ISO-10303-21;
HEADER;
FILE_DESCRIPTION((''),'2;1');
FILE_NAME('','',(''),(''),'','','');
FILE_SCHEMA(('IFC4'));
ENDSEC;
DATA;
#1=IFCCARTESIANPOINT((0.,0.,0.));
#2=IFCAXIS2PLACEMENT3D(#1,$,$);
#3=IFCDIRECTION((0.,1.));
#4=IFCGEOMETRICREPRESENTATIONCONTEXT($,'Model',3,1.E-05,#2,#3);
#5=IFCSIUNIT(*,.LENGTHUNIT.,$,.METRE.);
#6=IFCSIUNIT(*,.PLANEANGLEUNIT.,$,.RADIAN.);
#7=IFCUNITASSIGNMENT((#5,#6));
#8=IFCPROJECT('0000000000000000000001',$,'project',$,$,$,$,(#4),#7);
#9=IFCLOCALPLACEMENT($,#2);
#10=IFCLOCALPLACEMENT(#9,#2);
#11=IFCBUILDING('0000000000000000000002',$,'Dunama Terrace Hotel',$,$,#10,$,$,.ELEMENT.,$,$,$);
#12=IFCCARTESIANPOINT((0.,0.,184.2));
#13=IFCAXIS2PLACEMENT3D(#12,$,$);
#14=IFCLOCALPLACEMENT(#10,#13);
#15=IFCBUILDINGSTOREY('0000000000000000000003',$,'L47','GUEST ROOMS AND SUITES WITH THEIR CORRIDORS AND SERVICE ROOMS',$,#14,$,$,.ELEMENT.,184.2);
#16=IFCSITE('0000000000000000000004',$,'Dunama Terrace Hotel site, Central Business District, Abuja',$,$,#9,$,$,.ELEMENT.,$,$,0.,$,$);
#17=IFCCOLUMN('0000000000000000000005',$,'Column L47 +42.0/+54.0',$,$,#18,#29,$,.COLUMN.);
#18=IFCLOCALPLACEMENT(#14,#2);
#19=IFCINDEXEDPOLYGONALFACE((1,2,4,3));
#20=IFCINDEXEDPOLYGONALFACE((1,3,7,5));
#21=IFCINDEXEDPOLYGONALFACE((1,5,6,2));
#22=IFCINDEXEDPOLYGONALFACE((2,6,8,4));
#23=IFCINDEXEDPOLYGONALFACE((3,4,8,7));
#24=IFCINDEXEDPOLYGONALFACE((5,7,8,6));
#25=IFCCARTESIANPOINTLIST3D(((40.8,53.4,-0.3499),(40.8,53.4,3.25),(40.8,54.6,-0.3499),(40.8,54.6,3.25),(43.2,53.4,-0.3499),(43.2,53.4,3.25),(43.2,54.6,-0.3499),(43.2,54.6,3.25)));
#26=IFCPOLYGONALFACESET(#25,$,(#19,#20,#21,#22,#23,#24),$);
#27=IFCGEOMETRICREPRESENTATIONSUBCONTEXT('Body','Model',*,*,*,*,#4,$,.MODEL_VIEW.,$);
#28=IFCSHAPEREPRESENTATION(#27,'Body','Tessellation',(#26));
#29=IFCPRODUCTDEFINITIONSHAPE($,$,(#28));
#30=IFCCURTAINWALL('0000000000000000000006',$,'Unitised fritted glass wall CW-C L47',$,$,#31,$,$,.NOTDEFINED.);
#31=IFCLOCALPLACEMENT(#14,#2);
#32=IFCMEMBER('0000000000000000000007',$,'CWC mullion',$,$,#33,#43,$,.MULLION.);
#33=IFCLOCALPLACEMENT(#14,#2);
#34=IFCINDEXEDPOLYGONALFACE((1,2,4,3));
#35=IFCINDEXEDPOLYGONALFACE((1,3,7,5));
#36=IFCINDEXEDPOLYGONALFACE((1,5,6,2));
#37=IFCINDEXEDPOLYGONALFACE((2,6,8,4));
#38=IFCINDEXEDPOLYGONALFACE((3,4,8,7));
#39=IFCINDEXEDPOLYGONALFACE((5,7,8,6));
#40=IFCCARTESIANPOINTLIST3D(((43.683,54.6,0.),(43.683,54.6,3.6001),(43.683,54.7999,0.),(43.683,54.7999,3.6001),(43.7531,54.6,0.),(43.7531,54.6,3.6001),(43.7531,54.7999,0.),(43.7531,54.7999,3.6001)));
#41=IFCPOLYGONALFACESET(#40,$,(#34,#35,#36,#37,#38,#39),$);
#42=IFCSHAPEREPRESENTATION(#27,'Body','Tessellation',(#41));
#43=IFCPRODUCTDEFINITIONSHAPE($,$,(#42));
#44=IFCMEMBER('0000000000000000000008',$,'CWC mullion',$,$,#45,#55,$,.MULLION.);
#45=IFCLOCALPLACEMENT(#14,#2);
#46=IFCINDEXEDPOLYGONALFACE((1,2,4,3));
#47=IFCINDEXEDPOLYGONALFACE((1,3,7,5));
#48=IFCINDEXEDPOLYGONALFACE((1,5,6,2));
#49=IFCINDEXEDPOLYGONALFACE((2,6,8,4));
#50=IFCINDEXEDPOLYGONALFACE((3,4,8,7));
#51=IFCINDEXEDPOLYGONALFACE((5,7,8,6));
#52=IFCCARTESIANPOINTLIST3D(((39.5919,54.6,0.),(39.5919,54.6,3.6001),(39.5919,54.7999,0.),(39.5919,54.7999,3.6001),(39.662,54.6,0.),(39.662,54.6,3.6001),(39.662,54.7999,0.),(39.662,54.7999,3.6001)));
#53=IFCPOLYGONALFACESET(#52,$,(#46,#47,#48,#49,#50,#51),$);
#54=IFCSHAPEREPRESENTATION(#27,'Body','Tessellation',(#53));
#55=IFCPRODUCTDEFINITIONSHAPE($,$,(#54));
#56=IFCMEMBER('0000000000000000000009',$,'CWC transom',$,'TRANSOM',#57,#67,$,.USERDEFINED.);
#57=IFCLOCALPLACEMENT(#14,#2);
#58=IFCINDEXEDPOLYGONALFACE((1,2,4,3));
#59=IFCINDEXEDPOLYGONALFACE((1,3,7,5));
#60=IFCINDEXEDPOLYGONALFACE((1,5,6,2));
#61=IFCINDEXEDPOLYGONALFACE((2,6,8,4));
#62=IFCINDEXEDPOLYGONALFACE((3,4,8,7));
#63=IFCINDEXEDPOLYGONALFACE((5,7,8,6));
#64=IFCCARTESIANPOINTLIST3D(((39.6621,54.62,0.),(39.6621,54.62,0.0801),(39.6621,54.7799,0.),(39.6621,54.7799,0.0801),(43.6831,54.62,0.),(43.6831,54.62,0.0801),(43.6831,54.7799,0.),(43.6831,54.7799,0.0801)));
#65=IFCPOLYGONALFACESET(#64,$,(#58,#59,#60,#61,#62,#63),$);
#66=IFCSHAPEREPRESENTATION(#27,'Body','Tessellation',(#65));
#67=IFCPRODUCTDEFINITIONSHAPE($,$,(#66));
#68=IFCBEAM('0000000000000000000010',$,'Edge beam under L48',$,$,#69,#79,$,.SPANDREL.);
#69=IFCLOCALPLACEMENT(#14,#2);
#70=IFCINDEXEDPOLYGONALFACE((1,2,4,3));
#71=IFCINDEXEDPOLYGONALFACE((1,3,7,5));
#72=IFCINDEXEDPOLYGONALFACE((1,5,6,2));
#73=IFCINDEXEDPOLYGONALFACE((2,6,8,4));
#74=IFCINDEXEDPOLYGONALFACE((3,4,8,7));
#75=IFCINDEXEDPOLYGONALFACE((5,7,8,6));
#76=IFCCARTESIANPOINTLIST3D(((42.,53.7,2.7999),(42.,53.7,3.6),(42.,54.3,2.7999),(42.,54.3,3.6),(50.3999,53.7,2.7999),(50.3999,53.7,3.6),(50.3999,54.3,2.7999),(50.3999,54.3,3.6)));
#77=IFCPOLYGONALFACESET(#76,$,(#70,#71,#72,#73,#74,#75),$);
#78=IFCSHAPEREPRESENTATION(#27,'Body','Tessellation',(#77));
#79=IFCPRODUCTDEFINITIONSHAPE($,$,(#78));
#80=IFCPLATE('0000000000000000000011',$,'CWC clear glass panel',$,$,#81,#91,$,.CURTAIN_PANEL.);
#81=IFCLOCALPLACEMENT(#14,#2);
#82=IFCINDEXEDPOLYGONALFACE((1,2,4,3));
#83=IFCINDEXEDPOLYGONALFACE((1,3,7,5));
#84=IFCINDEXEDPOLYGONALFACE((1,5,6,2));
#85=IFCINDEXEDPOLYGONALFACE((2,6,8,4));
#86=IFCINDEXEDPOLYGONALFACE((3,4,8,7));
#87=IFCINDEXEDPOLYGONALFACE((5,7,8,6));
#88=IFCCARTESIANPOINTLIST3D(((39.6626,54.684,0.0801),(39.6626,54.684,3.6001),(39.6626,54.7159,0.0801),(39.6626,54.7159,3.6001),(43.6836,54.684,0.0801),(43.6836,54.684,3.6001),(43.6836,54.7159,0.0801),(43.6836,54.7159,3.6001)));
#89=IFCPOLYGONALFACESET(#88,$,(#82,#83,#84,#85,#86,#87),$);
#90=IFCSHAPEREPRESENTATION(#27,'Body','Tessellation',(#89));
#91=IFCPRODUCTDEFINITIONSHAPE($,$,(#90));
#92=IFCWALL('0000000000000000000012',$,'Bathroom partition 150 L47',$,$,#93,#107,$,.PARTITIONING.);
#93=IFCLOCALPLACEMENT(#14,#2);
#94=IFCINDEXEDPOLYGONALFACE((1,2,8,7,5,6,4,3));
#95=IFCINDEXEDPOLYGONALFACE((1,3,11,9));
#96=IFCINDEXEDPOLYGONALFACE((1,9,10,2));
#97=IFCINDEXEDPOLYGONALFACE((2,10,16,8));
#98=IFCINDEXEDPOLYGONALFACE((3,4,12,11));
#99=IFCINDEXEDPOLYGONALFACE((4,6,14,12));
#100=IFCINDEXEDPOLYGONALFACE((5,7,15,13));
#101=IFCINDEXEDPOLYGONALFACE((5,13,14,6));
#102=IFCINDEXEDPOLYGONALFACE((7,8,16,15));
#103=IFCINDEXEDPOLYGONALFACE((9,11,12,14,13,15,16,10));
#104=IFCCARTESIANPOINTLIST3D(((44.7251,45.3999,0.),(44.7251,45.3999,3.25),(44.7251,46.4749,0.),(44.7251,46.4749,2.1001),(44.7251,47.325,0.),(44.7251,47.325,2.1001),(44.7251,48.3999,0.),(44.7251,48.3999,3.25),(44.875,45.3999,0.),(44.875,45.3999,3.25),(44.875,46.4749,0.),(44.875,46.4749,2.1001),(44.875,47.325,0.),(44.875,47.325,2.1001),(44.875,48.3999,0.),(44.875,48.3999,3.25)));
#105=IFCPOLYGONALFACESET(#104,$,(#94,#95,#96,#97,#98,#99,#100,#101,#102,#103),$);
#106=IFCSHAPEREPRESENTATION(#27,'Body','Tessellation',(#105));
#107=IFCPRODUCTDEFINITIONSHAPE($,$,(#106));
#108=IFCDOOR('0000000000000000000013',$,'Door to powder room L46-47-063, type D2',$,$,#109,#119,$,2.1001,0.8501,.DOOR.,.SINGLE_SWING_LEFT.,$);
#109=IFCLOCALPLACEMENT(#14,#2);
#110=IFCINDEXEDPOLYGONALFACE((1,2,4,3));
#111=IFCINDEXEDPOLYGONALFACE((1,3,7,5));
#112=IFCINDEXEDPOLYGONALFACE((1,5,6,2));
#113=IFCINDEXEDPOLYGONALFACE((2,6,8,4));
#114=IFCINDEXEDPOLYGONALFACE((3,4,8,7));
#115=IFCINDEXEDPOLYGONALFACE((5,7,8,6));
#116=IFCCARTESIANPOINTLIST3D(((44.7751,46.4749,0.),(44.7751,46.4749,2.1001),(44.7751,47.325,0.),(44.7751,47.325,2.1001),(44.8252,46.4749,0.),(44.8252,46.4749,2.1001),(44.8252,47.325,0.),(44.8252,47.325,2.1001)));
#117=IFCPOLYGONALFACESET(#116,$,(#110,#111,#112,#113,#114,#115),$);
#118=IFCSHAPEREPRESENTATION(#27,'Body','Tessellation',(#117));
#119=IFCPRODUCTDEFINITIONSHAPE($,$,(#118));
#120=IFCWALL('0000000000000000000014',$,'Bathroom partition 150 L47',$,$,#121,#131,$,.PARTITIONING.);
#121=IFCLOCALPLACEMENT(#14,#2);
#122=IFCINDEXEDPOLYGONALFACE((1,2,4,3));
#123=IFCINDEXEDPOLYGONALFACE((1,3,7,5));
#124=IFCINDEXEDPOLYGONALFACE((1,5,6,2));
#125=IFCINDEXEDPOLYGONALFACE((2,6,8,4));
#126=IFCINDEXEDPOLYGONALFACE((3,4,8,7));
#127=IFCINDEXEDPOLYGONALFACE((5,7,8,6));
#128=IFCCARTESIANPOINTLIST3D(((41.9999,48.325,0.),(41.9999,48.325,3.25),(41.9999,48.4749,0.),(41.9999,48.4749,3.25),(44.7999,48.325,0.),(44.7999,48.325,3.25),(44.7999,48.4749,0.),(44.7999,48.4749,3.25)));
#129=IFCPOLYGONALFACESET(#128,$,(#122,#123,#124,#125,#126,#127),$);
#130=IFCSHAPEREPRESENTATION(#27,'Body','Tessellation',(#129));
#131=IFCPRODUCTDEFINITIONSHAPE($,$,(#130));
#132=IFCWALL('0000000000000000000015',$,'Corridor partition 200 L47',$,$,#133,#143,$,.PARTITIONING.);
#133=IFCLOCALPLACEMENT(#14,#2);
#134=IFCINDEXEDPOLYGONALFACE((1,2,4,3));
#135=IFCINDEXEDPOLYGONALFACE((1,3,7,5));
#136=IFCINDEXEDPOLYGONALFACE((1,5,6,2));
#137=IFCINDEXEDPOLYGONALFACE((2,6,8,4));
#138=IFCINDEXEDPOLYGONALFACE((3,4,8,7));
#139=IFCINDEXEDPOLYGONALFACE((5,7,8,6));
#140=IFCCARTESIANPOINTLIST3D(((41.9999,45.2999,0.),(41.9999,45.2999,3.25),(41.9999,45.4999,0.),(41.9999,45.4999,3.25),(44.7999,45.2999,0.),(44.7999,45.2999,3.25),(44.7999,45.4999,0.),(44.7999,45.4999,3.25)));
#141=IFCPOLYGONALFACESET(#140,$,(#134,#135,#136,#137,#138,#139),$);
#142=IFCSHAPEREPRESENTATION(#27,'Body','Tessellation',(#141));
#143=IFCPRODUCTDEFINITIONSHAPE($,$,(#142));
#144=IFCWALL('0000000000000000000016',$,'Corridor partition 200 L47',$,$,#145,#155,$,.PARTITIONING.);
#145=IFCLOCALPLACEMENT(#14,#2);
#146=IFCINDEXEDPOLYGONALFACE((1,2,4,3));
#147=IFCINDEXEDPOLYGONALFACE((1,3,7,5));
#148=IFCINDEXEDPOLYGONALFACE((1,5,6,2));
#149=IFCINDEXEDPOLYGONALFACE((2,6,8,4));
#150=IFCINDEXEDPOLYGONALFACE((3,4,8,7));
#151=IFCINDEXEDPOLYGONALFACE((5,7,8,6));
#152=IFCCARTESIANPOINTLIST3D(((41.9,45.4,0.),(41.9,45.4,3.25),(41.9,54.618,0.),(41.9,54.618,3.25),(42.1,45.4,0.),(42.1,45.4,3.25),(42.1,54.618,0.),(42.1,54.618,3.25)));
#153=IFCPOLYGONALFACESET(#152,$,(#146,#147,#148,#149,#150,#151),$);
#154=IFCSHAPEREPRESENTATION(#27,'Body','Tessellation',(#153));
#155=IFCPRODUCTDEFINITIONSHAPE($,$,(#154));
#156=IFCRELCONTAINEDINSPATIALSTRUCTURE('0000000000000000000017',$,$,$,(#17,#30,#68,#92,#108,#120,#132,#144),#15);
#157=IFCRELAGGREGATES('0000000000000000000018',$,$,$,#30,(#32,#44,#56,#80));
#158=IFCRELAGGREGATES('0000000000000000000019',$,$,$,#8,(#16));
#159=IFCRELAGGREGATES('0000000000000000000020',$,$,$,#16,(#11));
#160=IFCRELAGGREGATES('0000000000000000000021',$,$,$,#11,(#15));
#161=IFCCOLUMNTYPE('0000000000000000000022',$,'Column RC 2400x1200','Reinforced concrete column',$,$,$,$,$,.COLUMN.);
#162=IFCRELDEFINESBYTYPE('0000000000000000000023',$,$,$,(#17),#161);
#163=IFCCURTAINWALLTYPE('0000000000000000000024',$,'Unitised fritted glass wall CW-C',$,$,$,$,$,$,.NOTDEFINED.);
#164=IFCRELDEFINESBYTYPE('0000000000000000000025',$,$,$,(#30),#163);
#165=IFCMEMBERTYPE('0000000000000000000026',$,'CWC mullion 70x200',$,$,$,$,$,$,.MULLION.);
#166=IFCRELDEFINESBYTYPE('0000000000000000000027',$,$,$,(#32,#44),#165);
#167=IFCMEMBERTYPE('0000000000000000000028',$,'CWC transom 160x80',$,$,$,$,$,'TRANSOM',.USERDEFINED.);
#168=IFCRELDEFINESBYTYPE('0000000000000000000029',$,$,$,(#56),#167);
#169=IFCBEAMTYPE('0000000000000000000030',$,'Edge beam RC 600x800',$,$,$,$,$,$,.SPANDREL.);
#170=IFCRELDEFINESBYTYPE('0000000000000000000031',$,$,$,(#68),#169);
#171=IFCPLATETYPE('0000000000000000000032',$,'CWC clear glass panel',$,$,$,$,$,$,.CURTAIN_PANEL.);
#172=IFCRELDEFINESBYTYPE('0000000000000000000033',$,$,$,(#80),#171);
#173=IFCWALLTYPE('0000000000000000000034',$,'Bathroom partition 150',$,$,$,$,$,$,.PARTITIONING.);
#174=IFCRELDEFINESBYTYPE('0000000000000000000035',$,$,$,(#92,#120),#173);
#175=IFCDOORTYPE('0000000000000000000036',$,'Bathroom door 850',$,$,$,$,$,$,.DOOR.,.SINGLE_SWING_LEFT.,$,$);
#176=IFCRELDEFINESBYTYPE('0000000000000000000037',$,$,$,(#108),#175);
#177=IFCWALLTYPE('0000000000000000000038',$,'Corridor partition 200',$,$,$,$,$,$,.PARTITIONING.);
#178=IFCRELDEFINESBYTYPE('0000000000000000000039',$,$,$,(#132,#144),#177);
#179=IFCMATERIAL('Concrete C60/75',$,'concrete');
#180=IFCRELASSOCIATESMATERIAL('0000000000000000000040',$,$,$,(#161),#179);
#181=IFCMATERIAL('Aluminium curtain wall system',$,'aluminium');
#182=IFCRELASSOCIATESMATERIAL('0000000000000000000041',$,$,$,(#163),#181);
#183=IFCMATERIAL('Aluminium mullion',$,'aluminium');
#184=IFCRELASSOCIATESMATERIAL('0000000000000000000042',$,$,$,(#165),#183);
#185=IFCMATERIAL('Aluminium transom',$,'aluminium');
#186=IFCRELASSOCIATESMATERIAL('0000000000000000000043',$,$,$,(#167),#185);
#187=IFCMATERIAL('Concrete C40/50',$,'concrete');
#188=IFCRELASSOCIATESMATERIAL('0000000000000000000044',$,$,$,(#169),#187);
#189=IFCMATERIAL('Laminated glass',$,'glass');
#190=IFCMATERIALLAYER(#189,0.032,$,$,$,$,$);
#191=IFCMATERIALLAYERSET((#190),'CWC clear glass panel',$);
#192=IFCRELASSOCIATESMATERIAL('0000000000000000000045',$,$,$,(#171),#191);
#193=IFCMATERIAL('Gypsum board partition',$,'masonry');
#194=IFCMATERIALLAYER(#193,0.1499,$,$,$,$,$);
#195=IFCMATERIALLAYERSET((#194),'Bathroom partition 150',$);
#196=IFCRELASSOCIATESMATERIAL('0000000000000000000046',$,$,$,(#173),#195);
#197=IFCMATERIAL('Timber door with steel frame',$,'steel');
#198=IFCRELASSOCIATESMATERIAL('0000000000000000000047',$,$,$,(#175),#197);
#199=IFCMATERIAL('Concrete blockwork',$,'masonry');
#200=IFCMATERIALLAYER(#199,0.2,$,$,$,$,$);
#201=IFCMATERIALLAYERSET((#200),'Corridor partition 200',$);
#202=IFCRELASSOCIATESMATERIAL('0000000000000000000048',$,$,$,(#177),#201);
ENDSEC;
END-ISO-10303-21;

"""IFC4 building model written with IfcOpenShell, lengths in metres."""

from ifc_helpers import new_model, si_unit, direction, frame, frame_2d, origin, origin_2d, place, context, subcontext, project, spatial, rectangle, extrude, material, layer, layer_set, material_profile, profile_set, type_object, element, fill, aggregate, save


model = new_model("IFC4")

# Units and contexts
model_context = context("Model", 3, precision=1e-05, world=origin(), true_north=direction((0.0, 1.0)))
body_context = subcontext(model_context, "Body", "Model", "MODEL_VIEW")
ifc_project = project(units=[si_unit("LENGTHUNIT", "METRE"), si_unit("PLANEANGLEUNIT", "RADIAN")], contexts=[model_context])

# Site, building, storey
site_placement = place(None, origin())
site = spatial("IfcSite", under=ifc_project, at=site_placement, Name="Dunama Terrace Hotel site, Central Business District, Abuja", CompositionType="ELEMENT", RefElevation=0.0)
building_placement = place(site_placement, origin())
building = spatial("IfcBuilding", under=site, at=building_placement, Name="Dunama Terrace Hotel", CompositionType="ELEMENT")
storey_placement = place(building_placement, frame((0.0, 0.0, 184.2)))
storey = spatial("IfcBuildingStorey", under=building, at=storey_placement, Name="L47", Description="GUEST ROOMS AND SUITES WITH THEIR CORRIDORS AND SERVICE ROOMS", CompositionType="ELEMENT", Elevation=184.2)

# Column
ifc_material_1 = material(Name="Concrete C60/75", Category="concrete")
ifc_material_profile_1 = material_profile(ifc_material_1, rectangle(XDim=2.3999, YDim=1.2, at=origin_2d()), Name="RC 2400x1200")
ifc_profile_set_1 = profile_set([ifc_material_profile_1], Name="Concrete C60/75")
column_type = type_object("IfcColumnType", Name="Column RC 2400x1200", Description="Reinforced concrete column", PredefinedType="COLUMN", material=ifc_profile_set_1)
column_placement = place(storey_placement, frame((42.0, 54.0, -0.3499), z_axis=(0.0, 0.0, 1.0), x_axis=(1.0, 0.0, 0.0)))
element("IfcColumn", 1, at=column_placement, inside=storey, type_object=column_type, Name="Column L47 +42.0/+54.0", PredefinedType="COLUMN", context=body_context, shape_type="SweptSolid", body=[
    extrude(rectangle(XDim=2.3999, YDim=1.2, at=origin_2d()), origin(), (0.0, 0.0, 1.0), 3.5999),
])

# Curtain wall, members
ifc_material_2 = material(Name="Aluminium curtain wall system", Category="aluminium")
curtain_wall_type = type_object("IfcCurtainWallType", Name="Unitised fritted glass wall CW-C", PredefinedType="NOTDEFINED", material=ifc_material_2)
curtain_wall_placement = place(storey_placement, origin())
curtain_wall = element("IfcCurtainWall", 2, at=curtain_wall_placement, inside=storey, type_object=curtain_wall_type, Name="Unitised fritted glass wall CW-C L47", PredefinedType="NOTDEFINED")
ifc_material_3 = material(Name="Aluminium mullion", Category="aluminium")
ifc_material_profile_2 = material_profile(ifc_material_3, rectangle(XDim=0.0701, YDim=0.2, at=origin_2d()), Name="CWC MULLION 70X200")
ifc_profile_set_2 = profile_set([ifc_material_profile_2], Name="Aluminium mullion")
member_type_1 = type_object("IfcMemberType", Name="CWC mullion 70x200", PredefinedType="MULLION", material=ifc_profile_set_2)
member_1_placement = place(storey_placement, frame((43.718, 54.7, 0.0), z_axis=(0.0, 0.0, 1.0), x_axis=(-1.0, 0.0, 0.0)))
member_1 = element("IfcMember", 3, at=member_1_placement, type_object=member_type_1, Name="CWC mullion", PredefinedType="MULLION", context=body_context, shape_type="SweptSolid", body=[
    extrude(rectangle(XDim=0.0701, YDim=0.2, at=origin_2d()), origin(), (0.0, 0.0, 1.0), 3.6001),
])
member_2_placement = place(storey_placement, frame((39.627, 54.7, 0.0), z_axis=(0.0, 0.0, 1.0), x_axis=(-1.0, 0.0, 0.0)))
member_2 = element("IfcMember", 4, at=member_2_placement, type_object=member_type_1, Name="CWC mullion", PredefinedType="MULLION", context=body_context, shape_type="SweptSolid", body=[
    extrude(rectangle(XDim=0.0701, YDim=0.2, at=origin_2d()), origin(), (0.0, 0.0, 1.0), 3.6001),
])
ifc_material_4 = material(Name="Aluminium transom", Category="aluminium")
ifc_material_profile_3 = material_profile(ifc_material_4, rectangle(XDim=0.1599, YDim=0.0801, at=origin_2d()), Name="CWC TRANSOM 160X80")
ifc_profile_set_3 = profile_set([ifc_material_profile_3], Name="Aluminium transom")
member_type_2 = type_object("IfcMemberType", Name="CWC transom 160x80", ElementType="TRANSOM", PredefinedType="USERDEFINED", material=ifc_profile_set_3)
member_3_placement = place(storey_placement, frame((43.6831, 54.7, 0.04), z_axis=(-1.0, 0.0, 0.0), x_axis=(0.0, -1.0, 0.0)))
member_3 = element("IfcMember", 5, at=member_3_placement, type_object=member_type_2, Name="CWC transom", ObjectType="TRANSOM", PredefinedType="USERDEFINED", context=body_context, shape_type="SweptSolid", body=[
    extrude(rectangle(XDim=0.1599, YDim=0.0801, at=origin_2d()), origin(), (0.0, 0.0, 1.0), 4.021),
])

# Beam
ifc_material_5 = material(Name="Concrete C40/50", Category="concrete")
ifc_material_profile_4 = material_profile(ifc_material_5, rectangle(XDim=0.6001, YDim=0.8, at=origin_2d()), Name="RC 600x800")
ifc_profile_set_4 = profile_set([ifc_material_profile_4], Name="Concrete C40/50")
beam_type = type_object("IfcBeamType", Name="Edge beam RC 600x800", PredefinedType="SPANDREL", material=ifc_profile_set_4)
beam_placement = place(storey_placement, frame((42.0, 54.0, 3.2), z_axis=(1.0, 0.0, 0.0), x_axis=(0.0, 1.0, 0.0)))
element("IfcBeam", 6, at=beam_placement, inside=storey, type_object=beam_type, Name="Edge beam under L48", PredefinedType="SPANDREL", context=body_context, shape_type="SweptSolid", body=[
    extrude(rectangle(XDim=0.6001, YDim=0.8, at=origin_2d()), origin(), (0.0, 0.0, 1.0), 8.3999),
])

# Plate
ifc_material_6 = material(Name="Laminated glass", Category="glass")
ifc_layer_1 = layer(ifc_material_6, 0.032)
ifc_layer_set_1 = layer_set([ifc_layer_1], Name="CWC clear glass panel")
plate_type = type_object("IfcPlateType", Name="CWC clear glass panel", PredefinedType="CURTAIN_PANEL", material=ifc_layer_set_1)
plate_placement = place(storey_placement, frame((41.6731, 54.7, 0.0801), z_axis=(0.0, 0.0, 1.0), x_axis=(-1.0, 0.0, 0.0)))
plate = element("IfcPlate", 7, at=plate_placement, type_object=plate_type, Name="CWC clear glass panel", PredefinedType="CURTAIN_PANEL", context=body_context, shape_type="SweptSolid", body=[
    extrude(rectangle(XDim=4.021, YDim=0.032, at=origin_2d()), origin(), (0.0, 0.0, 1.0), 3.52),
])
aggregate(curtain_wall, [member_1, member_2, member_3, plate])

# Wall, opening, door
ifc_material_7 = material(Name="Gypsum board partition", Category="masonry")
ifc_layer_2 = layer(ifc_material_7, 0.1499)
ifc_layer_set_2 = layer_set([ifc_layer_2], Name="Bathroom partition 150")
wall_type_1 = type_object("IfcWallType", Name="Bathroom partition 150", PredefinedType="PARTITIONING", material=ifc_layer_set_2)
wall_1_placement = place(storey_placement, frame((44.8, 45.3999, 0.0), z_axis=(0.0, 0.0, 1.0), x_axis=(0.0, 1.0, 0.0)))
wall_1 = element("IfcWall", 8, at=wall_1_placement, inside=storey, type_object=wall_type_1, Name="Bathroom partition 150 L47", PredefinedType="PARTITIONING", context=body_context, shape_type="SweptSolid", body=[
    extrude(rectangle(XDim=3.0, YDim=0.1499, at=frame_2d((1.5, 0.0))), origin(), (0.0, 0.0, 1.0), 3.25),
])
opening_1_placement = place(wall_1_placement, frame((1.075, 0.0, 0.0)))
opening_1 = element("IfcOpeningElement", 9, at=opening_1_placement, cuts=wall_1, PredefinedType="OPENING", context=body_context, shape_type="SweptSolid", body=[
    extrude(rectangle(XDim=0.8501, YDim=2.1001, at=frame_2d((0.425, 1.05))), frame((0.0, 0.085, 0.0), z_axis=(0.0, -1.0, 0.0), x_axis=(1.0, 0.0, 0.0)), (0.0, 0.0, 1.0), 0.1699),
])
ifc_material_8 = material(Name="Timber door with steel frame", Category="steel")
door_type_1 = type_object("IfcDoorType", Name="Bathroom door 850", OperationType="SINGLE_SWING_LEFT", PredefinedType="DOOR", material=ifc_material_8)
door_1_placement = place(opening_1_placement, origin())
door_1 = element("IfcDoor", 10, at=door_1_placement, inside=storey, type_object=door_type_1, Name="Door to powder room L46-47-063, type D2", OperationType="SINGLE_SWING_LEFT", OverallHeight=2.1001, OverallWidth=0.8501, PredefinedType="DOOR", context=body_context, shape_type="SweptSolid", body=[
    extrude(rectangle(XDim=0.8501, YDim=2.1001, at=frame_2d((0.425, 1.05))), frame((0.0, 0.0249, 0.0), z_axis=(0.0, -1.0, 0.0), x_axis=(1.0, 0.0, 0.0)), (0.0, 0.0, 1.0), 0.05),
])
fill(opening_1, door_1)

# Walls
wall_2_placement = place(storey_placement, frame((42.0, 48.3999, 0.0), z_axis=(0.0, 0.0, 1.0), x_axis=(1.0, 0.0, 0.0)))
element("IfcWall", 11, at=wall_2_placement, inside=storey, type_object=wall_type_1, Name="Bathroom partition 150 L47", PredefinedType="PARTITIONING", context=body_context, shape_type="SweptSolid", body=[
    extrude(rectangle(XDim=2.8, YDim=0.1499, at=frame_2d((1.3999, 0.0))), origin(), (0.0, 0.0, 1.0), 3.25),
])
ifc_material_9 = material(Name="Concrete blockwork", Category="masonry")
ifc_layer_3 = layer(ifc_material_9, 0.2)
ifc_layer_set_3 = layer_set([ifc_layer_3], Name="Corridor partition 200")
wall_type_2 = type_object("IfcWallType", Name="Corridor partition 200", PredefinedType="PARTITIONING", material=ifc_layer_set_3)
wall_3_placement = place(storey_placement, frame((42.0, 45.3999, 0.0), z_axis=(0.0, 0.0, 1.0), x_axis=(1.0, 0.0, 0.0)))
element("IfcWall", 12, at=wall_3_placement, inside=storey, type_object=wall_type_2, Name="Corridor partition 200 L47", PredefinedType="PARTITIONING", context=body_context, shape_type="SweptSolid", body=[
    extrude(rectangle(XDim=2.8, YDim=0.2, at=frame_2d((1.3999, 0.0))), origin(), (0.0, 0.0, 1.0), 3.25),
])
wall_4_placement = place(storey_placement, frame((42.0, 54.6179, 0.0), z_axis=(0.0, 0.0, 1.0), x_axis=(0.0, -1.0, 0.0)))
element("IfcWall", 13, at=wall_4_placement, inside=storey, type_object=wall_type_2, Name="Corridor partition 200 L47", PredefinedType="PARTITIONING", context=body_context, shape_type="SweptSolid", body=[
    extrude(rectangle(XDim=9.218, YDim=0.2, at=frame_2d((4.6089, 0.0))), origin(), (0.0, 0.0, 1.0), 3.25),
])

save(model, "model.ifc")
